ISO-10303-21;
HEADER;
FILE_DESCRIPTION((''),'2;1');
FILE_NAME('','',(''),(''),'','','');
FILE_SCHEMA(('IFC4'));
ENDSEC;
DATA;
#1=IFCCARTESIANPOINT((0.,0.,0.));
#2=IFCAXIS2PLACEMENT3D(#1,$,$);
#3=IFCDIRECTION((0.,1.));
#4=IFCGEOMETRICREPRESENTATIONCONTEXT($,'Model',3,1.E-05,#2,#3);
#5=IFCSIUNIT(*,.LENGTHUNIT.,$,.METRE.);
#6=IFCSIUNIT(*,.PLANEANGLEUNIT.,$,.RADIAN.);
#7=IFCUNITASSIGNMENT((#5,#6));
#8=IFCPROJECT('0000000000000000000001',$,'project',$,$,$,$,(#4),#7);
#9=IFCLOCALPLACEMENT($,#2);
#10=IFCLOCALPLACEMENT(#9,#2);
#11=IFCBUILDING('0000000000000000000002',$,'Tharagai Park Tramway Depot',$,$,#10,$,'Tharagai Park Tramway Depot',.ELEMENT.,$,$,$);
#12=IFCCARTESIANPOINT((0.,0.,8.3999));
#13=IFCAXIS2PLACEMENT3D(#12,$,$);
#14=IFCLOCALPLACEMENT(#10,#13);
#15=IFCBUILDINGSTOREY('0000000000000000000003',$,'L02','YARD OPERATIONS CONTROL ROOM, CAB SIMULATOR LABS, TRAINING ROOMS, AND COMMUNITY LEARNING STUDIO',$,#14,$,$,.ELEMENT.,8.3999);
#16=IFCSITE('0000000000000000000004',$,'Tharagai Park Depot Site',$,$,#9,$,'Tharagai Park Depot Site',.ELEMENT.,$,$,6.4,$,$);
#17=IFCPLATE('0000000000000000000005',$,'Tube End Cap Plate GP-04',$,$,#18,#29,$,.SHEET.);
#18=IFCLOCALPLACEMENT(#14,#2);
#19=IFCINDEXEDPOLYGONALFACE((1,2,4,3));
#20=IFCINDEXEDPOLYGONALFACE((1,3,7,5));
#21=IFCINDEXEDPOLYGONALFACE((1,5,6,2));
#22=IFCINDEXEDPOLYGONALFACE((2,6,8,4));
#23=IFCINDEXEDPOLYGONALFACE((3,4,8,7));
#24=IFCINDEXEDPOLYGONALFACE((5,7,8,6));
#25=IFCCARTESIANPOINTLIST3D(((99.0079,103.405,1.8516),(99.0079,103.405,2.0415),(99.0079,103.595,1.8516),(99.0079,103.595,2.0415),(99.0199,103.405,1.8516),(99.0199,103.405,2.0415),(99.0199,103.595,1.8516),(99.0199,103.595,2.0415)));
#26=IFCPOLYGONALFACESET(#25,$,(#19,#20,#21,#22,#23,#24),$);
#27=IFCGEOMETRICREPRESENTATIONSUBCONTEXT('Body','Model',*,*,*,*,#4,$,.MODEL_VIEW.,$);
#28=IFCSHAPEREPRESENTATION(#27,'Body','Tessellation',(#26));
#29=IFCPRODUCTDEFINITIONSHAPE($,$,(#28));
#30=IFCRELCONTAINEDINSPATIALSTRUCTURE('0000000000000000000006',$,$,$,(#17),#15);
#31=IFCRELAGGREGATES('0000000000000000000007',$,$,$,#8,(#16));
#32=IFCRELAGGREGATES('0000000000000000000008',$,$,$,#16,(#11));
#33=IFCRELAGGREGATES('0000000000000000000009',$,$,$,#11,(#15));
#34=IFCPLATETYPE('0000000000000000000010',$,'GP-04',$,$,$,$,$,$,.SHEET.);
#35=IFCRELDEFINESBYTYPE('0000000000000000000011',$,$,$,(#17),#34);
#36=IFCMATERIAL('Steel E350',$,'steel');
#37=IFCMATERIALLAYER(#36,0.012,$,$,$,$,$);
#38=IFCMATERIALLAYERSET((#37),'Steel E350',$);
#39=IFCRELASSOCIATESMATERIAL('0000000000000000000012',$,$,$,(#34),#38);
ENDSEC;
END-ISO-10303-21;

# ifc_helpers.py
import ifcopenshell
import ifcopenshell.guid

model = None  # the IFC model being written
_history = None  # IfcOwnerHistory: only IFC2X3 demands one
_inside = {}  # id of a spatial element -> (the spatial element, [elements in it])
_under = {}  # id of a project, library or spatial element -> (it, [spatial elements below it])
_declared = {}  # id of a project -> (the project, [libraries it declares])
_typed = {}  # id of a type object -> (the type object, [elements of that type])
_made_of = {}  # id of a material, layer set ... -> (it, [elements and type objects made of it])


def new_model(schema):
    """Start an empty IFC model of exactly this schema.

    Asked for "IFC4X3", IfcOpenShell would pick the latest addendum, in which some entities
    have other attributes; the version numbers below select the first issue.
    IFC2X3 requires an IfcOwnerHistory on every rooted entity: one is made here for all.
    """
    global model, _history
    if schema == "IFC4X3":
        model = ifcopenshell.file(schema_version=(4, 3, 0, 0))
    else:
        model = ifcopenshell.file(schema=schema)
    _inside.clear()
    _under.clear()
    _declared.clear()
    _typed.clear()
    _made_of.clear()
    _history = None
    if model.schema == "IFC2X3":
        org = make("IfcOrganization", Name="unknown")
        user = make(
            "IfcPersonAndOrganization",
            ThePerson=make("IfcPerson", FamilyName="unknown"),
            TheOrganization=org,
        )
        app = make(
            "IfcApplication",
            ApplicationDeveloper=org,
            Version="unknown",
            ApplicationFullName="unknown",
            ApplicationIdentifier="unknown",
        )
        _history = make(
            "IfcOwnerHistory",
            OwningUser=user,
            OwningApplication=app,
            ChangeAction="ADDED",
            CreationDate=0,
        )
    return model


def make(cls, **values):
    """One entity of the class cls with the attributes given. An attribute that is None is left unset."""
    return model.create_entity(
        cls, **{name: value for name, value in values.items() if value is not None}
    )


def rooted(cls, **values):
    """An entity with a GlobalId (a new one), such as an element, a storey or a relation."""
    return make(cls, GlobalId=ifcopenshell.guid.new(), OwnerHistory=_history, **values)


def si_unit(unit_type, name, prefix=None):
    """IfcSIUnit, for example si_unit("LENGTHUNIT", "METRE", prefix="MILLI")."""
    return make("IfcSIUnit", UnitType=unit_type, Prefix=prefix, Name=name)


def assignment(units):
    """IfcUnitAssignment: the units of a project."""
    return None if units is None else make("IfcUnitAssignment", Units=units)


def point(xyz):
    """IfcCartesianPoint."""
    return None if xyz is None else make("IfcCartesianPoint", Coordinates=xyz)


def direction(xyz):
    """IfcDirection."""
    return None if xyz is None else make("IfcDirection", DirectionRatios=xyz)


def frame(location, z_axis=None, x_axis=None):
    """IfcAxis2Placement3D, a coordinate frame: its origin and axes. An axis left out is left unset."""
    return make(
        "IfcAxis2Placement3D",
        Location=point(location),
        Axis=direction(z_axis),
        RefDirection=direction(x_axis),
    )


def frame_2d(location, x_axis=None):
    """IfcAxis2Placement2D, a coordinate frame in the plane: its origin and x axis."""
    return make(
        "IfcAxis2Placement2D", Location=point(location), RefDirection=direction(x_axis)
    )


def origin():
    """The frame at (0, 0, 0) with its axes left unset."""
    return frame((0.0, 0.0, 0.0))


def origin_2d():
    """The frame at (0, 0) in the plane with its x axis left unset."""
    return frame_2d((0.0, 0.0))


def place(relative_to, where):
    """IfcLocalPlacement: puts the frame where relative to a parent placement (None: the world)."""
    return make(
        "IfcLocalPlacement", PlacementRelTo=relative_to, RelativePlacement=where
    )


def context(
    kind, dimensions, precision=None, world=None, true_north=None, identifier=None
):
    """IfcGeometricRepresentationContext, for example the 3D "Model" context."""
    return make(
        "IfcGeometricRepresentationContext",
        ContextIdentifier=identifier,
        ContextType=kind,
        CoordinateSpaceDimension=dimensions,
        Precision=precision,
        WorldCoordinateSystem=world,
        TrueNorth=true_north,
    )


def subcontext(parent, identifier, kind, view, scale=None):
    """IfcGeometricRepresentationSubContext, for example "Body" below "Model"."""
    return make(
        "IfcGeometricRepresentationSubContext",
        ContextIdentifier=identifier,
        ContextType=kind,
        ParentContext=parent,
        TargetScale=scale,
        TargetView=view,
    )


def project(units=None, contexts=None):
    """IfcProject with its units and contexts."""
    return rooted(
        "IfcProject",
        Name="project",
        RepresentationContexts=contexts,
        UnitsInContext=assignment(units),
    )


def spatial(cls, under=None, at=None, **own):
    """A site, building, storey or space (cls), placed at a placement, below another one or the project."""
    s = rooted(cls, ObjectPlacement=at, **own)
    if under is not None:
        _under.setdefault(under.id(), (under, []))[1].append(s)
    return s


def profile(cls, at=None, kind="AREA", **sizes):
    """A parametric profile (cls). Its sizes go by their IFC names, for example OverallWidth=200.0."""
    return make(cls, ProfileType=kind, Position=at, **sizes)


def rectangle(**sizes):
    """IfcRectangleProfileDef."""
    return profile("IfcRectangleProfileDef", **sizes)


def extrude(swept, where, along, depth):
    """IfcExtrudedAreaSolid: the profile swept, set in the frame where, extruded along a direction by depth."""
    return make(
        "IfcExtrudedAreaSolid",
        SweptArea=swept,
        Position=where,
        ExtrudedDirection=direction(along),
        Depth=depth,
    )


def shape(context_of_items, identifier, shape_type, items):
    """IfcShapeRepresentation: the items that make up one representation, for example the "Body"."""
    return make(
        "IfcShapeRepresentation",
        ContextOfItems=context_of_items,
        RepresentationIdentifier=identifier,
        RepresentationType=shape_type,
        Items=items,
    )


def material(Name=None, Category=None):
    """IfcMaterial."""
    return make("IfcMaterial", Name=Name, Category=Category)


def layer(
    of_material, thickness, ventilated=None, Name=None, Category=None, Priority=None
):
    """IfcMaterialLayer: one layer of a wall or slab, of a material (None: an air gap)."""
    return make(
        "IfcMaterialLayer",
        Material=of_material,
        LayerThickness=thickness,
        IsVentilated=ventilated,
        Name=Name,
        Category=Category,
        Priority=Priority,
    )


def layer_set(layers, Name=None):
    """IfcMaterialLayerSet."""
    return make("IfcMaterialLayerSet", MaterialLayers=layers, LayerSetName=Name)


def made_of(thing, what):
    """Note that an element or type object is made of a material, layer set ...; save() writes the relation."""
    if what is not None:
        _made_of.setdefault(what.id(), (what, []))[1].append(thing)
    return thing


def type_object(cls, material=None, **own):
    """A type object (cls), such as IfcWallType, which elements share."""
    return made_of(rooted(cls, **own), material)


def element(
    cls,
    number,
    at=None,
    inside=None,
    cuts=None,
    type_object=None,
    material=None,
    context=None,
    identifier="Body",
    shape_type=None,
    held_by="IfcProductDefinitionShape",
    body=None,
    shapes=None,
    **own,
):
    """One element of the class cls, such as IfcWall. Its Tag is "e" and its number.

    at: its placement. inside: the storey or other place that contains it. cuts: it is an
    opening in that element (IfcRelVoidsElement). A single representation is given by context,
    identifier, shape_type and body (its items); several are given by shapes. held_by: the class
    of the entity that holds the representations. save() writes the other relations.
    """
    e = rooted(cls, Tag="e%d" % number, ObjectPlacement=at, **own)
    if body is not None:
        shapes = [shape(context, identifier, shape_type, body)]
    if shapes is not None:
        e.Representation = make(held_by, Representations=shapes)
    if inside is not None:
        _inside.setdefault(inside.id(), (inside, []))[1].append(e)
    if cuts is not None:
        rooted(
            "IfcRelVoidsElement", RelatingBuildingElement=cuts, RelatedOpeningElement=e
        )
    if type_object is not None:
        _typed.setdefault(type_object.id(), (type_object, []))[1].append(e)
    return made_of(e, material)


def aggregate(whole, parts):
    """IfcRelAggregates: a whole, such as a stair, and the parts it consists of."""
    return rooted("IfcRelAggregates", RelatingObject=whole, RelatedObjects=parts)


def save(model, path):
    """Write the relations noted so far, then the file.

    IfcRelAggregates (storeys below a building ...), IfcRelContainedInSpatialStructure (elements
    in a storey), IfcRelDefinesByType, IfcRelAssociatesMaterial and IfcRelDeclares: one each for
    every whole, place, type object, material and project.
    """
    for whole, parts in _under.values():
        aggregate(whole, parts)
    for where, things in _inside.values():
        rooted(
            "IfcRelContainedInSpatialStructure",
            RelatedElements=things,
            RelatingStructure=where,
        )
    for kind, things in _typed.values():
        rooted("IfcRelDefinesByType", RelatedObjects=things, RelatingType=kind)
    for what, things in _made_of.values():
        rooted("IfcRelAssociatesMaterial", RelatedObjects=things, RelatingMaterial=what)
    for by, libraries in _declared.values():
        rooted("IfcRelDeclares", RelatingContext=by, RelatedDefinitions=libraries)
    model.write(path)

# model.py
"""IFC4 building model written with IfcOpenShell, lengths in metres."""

from ifc_helpers import new_model, si_unit, direction, frame, origin, origin_2d, place, context, subcontext, project, spatial, rectangle, extrude, material, layer, layer_set, type_object, element, save


model = new_model("IFC4")

# Units and contexts
model_context = context("Model", 3, precision=1e-05, world=origin(), true_north=direction((0.0, 1.0)))
body_context = subcontext(model_context, "Body", "Model", "MODEL_VIEW")
ifc_project = project(units=[si_unit("LENGTHUNIT", "METRE"), si_unit("PLANEANGLEUNIT", "RADIAN")], contexts=[model_context])

# Site, building, storey
site_placement = place(None, origin())
site = spatial("IfcSite", under=ifc_project, at=site_placement, Name="Tharagai Park Depot Site", LongName="Tharagai Park Depot Site", CompositionType="ELEMENT", RefElevation=6.4)
building_placement = place(site_placement, origin())
building = spatial("IfcBuilding", under=site, at=building_placement, Name="Tharagai Park Tramway Depot", LongName="Tharagai Park Tramway Depot", CompositionType="ELEMENT")
storey_placement = place(building_placement, frame((0.0, 0.0, 8.3999)))
storey = spatial("IfcBuildingStorey", under=building, at=storey_placement, Name="L02", Description="YARD OPERATIONS CONTROL ROOM, CAB SIMULATOR LABS, TRAINING ROOMS, AND COMMUNITY LEARNING STUDIO", CompositionType="ELEMENT", Elevation=8.3999)

# Shared definitions
ifc_material_1 = material(Name="Steel E350", Category="steel")

# Plate
ifc_layer_1 = layer(ifc_material_1, 0.012)
ifc_layer_set_1 = layer_set([ifc_layer_1], Name="Steel E350")
plate_type_1 = type_object("IfcPlateType", Name="GP-04", PredefinedType="SHEET", material=ifc_layer_set_1)
for number, where, z_axis, x_axis, name in (
    (1, (99.0139, 103.5, 1.8516), (0.0, 0.0, 1.0), (1.0, 0.0, 0.0), "Tube End Cap Plate GP-04"),
):
    element("IfcPlate", number, at=place(storey_placement, frame(where, z_axis=z_axis, x_axis=x_axis)), inside=storey, type_object=plate_type_1, Name=name, PredefinedType="SHEET", context=body_context, shape_type="SweptSolid", body=[
        extrude(rectangle(XDim=0.012, YDim=0.1899, at=origin_2d()), origin(), (0.0, 0.0, 1.0), 0.1899),
    ])

save(model, "model.ifc")
